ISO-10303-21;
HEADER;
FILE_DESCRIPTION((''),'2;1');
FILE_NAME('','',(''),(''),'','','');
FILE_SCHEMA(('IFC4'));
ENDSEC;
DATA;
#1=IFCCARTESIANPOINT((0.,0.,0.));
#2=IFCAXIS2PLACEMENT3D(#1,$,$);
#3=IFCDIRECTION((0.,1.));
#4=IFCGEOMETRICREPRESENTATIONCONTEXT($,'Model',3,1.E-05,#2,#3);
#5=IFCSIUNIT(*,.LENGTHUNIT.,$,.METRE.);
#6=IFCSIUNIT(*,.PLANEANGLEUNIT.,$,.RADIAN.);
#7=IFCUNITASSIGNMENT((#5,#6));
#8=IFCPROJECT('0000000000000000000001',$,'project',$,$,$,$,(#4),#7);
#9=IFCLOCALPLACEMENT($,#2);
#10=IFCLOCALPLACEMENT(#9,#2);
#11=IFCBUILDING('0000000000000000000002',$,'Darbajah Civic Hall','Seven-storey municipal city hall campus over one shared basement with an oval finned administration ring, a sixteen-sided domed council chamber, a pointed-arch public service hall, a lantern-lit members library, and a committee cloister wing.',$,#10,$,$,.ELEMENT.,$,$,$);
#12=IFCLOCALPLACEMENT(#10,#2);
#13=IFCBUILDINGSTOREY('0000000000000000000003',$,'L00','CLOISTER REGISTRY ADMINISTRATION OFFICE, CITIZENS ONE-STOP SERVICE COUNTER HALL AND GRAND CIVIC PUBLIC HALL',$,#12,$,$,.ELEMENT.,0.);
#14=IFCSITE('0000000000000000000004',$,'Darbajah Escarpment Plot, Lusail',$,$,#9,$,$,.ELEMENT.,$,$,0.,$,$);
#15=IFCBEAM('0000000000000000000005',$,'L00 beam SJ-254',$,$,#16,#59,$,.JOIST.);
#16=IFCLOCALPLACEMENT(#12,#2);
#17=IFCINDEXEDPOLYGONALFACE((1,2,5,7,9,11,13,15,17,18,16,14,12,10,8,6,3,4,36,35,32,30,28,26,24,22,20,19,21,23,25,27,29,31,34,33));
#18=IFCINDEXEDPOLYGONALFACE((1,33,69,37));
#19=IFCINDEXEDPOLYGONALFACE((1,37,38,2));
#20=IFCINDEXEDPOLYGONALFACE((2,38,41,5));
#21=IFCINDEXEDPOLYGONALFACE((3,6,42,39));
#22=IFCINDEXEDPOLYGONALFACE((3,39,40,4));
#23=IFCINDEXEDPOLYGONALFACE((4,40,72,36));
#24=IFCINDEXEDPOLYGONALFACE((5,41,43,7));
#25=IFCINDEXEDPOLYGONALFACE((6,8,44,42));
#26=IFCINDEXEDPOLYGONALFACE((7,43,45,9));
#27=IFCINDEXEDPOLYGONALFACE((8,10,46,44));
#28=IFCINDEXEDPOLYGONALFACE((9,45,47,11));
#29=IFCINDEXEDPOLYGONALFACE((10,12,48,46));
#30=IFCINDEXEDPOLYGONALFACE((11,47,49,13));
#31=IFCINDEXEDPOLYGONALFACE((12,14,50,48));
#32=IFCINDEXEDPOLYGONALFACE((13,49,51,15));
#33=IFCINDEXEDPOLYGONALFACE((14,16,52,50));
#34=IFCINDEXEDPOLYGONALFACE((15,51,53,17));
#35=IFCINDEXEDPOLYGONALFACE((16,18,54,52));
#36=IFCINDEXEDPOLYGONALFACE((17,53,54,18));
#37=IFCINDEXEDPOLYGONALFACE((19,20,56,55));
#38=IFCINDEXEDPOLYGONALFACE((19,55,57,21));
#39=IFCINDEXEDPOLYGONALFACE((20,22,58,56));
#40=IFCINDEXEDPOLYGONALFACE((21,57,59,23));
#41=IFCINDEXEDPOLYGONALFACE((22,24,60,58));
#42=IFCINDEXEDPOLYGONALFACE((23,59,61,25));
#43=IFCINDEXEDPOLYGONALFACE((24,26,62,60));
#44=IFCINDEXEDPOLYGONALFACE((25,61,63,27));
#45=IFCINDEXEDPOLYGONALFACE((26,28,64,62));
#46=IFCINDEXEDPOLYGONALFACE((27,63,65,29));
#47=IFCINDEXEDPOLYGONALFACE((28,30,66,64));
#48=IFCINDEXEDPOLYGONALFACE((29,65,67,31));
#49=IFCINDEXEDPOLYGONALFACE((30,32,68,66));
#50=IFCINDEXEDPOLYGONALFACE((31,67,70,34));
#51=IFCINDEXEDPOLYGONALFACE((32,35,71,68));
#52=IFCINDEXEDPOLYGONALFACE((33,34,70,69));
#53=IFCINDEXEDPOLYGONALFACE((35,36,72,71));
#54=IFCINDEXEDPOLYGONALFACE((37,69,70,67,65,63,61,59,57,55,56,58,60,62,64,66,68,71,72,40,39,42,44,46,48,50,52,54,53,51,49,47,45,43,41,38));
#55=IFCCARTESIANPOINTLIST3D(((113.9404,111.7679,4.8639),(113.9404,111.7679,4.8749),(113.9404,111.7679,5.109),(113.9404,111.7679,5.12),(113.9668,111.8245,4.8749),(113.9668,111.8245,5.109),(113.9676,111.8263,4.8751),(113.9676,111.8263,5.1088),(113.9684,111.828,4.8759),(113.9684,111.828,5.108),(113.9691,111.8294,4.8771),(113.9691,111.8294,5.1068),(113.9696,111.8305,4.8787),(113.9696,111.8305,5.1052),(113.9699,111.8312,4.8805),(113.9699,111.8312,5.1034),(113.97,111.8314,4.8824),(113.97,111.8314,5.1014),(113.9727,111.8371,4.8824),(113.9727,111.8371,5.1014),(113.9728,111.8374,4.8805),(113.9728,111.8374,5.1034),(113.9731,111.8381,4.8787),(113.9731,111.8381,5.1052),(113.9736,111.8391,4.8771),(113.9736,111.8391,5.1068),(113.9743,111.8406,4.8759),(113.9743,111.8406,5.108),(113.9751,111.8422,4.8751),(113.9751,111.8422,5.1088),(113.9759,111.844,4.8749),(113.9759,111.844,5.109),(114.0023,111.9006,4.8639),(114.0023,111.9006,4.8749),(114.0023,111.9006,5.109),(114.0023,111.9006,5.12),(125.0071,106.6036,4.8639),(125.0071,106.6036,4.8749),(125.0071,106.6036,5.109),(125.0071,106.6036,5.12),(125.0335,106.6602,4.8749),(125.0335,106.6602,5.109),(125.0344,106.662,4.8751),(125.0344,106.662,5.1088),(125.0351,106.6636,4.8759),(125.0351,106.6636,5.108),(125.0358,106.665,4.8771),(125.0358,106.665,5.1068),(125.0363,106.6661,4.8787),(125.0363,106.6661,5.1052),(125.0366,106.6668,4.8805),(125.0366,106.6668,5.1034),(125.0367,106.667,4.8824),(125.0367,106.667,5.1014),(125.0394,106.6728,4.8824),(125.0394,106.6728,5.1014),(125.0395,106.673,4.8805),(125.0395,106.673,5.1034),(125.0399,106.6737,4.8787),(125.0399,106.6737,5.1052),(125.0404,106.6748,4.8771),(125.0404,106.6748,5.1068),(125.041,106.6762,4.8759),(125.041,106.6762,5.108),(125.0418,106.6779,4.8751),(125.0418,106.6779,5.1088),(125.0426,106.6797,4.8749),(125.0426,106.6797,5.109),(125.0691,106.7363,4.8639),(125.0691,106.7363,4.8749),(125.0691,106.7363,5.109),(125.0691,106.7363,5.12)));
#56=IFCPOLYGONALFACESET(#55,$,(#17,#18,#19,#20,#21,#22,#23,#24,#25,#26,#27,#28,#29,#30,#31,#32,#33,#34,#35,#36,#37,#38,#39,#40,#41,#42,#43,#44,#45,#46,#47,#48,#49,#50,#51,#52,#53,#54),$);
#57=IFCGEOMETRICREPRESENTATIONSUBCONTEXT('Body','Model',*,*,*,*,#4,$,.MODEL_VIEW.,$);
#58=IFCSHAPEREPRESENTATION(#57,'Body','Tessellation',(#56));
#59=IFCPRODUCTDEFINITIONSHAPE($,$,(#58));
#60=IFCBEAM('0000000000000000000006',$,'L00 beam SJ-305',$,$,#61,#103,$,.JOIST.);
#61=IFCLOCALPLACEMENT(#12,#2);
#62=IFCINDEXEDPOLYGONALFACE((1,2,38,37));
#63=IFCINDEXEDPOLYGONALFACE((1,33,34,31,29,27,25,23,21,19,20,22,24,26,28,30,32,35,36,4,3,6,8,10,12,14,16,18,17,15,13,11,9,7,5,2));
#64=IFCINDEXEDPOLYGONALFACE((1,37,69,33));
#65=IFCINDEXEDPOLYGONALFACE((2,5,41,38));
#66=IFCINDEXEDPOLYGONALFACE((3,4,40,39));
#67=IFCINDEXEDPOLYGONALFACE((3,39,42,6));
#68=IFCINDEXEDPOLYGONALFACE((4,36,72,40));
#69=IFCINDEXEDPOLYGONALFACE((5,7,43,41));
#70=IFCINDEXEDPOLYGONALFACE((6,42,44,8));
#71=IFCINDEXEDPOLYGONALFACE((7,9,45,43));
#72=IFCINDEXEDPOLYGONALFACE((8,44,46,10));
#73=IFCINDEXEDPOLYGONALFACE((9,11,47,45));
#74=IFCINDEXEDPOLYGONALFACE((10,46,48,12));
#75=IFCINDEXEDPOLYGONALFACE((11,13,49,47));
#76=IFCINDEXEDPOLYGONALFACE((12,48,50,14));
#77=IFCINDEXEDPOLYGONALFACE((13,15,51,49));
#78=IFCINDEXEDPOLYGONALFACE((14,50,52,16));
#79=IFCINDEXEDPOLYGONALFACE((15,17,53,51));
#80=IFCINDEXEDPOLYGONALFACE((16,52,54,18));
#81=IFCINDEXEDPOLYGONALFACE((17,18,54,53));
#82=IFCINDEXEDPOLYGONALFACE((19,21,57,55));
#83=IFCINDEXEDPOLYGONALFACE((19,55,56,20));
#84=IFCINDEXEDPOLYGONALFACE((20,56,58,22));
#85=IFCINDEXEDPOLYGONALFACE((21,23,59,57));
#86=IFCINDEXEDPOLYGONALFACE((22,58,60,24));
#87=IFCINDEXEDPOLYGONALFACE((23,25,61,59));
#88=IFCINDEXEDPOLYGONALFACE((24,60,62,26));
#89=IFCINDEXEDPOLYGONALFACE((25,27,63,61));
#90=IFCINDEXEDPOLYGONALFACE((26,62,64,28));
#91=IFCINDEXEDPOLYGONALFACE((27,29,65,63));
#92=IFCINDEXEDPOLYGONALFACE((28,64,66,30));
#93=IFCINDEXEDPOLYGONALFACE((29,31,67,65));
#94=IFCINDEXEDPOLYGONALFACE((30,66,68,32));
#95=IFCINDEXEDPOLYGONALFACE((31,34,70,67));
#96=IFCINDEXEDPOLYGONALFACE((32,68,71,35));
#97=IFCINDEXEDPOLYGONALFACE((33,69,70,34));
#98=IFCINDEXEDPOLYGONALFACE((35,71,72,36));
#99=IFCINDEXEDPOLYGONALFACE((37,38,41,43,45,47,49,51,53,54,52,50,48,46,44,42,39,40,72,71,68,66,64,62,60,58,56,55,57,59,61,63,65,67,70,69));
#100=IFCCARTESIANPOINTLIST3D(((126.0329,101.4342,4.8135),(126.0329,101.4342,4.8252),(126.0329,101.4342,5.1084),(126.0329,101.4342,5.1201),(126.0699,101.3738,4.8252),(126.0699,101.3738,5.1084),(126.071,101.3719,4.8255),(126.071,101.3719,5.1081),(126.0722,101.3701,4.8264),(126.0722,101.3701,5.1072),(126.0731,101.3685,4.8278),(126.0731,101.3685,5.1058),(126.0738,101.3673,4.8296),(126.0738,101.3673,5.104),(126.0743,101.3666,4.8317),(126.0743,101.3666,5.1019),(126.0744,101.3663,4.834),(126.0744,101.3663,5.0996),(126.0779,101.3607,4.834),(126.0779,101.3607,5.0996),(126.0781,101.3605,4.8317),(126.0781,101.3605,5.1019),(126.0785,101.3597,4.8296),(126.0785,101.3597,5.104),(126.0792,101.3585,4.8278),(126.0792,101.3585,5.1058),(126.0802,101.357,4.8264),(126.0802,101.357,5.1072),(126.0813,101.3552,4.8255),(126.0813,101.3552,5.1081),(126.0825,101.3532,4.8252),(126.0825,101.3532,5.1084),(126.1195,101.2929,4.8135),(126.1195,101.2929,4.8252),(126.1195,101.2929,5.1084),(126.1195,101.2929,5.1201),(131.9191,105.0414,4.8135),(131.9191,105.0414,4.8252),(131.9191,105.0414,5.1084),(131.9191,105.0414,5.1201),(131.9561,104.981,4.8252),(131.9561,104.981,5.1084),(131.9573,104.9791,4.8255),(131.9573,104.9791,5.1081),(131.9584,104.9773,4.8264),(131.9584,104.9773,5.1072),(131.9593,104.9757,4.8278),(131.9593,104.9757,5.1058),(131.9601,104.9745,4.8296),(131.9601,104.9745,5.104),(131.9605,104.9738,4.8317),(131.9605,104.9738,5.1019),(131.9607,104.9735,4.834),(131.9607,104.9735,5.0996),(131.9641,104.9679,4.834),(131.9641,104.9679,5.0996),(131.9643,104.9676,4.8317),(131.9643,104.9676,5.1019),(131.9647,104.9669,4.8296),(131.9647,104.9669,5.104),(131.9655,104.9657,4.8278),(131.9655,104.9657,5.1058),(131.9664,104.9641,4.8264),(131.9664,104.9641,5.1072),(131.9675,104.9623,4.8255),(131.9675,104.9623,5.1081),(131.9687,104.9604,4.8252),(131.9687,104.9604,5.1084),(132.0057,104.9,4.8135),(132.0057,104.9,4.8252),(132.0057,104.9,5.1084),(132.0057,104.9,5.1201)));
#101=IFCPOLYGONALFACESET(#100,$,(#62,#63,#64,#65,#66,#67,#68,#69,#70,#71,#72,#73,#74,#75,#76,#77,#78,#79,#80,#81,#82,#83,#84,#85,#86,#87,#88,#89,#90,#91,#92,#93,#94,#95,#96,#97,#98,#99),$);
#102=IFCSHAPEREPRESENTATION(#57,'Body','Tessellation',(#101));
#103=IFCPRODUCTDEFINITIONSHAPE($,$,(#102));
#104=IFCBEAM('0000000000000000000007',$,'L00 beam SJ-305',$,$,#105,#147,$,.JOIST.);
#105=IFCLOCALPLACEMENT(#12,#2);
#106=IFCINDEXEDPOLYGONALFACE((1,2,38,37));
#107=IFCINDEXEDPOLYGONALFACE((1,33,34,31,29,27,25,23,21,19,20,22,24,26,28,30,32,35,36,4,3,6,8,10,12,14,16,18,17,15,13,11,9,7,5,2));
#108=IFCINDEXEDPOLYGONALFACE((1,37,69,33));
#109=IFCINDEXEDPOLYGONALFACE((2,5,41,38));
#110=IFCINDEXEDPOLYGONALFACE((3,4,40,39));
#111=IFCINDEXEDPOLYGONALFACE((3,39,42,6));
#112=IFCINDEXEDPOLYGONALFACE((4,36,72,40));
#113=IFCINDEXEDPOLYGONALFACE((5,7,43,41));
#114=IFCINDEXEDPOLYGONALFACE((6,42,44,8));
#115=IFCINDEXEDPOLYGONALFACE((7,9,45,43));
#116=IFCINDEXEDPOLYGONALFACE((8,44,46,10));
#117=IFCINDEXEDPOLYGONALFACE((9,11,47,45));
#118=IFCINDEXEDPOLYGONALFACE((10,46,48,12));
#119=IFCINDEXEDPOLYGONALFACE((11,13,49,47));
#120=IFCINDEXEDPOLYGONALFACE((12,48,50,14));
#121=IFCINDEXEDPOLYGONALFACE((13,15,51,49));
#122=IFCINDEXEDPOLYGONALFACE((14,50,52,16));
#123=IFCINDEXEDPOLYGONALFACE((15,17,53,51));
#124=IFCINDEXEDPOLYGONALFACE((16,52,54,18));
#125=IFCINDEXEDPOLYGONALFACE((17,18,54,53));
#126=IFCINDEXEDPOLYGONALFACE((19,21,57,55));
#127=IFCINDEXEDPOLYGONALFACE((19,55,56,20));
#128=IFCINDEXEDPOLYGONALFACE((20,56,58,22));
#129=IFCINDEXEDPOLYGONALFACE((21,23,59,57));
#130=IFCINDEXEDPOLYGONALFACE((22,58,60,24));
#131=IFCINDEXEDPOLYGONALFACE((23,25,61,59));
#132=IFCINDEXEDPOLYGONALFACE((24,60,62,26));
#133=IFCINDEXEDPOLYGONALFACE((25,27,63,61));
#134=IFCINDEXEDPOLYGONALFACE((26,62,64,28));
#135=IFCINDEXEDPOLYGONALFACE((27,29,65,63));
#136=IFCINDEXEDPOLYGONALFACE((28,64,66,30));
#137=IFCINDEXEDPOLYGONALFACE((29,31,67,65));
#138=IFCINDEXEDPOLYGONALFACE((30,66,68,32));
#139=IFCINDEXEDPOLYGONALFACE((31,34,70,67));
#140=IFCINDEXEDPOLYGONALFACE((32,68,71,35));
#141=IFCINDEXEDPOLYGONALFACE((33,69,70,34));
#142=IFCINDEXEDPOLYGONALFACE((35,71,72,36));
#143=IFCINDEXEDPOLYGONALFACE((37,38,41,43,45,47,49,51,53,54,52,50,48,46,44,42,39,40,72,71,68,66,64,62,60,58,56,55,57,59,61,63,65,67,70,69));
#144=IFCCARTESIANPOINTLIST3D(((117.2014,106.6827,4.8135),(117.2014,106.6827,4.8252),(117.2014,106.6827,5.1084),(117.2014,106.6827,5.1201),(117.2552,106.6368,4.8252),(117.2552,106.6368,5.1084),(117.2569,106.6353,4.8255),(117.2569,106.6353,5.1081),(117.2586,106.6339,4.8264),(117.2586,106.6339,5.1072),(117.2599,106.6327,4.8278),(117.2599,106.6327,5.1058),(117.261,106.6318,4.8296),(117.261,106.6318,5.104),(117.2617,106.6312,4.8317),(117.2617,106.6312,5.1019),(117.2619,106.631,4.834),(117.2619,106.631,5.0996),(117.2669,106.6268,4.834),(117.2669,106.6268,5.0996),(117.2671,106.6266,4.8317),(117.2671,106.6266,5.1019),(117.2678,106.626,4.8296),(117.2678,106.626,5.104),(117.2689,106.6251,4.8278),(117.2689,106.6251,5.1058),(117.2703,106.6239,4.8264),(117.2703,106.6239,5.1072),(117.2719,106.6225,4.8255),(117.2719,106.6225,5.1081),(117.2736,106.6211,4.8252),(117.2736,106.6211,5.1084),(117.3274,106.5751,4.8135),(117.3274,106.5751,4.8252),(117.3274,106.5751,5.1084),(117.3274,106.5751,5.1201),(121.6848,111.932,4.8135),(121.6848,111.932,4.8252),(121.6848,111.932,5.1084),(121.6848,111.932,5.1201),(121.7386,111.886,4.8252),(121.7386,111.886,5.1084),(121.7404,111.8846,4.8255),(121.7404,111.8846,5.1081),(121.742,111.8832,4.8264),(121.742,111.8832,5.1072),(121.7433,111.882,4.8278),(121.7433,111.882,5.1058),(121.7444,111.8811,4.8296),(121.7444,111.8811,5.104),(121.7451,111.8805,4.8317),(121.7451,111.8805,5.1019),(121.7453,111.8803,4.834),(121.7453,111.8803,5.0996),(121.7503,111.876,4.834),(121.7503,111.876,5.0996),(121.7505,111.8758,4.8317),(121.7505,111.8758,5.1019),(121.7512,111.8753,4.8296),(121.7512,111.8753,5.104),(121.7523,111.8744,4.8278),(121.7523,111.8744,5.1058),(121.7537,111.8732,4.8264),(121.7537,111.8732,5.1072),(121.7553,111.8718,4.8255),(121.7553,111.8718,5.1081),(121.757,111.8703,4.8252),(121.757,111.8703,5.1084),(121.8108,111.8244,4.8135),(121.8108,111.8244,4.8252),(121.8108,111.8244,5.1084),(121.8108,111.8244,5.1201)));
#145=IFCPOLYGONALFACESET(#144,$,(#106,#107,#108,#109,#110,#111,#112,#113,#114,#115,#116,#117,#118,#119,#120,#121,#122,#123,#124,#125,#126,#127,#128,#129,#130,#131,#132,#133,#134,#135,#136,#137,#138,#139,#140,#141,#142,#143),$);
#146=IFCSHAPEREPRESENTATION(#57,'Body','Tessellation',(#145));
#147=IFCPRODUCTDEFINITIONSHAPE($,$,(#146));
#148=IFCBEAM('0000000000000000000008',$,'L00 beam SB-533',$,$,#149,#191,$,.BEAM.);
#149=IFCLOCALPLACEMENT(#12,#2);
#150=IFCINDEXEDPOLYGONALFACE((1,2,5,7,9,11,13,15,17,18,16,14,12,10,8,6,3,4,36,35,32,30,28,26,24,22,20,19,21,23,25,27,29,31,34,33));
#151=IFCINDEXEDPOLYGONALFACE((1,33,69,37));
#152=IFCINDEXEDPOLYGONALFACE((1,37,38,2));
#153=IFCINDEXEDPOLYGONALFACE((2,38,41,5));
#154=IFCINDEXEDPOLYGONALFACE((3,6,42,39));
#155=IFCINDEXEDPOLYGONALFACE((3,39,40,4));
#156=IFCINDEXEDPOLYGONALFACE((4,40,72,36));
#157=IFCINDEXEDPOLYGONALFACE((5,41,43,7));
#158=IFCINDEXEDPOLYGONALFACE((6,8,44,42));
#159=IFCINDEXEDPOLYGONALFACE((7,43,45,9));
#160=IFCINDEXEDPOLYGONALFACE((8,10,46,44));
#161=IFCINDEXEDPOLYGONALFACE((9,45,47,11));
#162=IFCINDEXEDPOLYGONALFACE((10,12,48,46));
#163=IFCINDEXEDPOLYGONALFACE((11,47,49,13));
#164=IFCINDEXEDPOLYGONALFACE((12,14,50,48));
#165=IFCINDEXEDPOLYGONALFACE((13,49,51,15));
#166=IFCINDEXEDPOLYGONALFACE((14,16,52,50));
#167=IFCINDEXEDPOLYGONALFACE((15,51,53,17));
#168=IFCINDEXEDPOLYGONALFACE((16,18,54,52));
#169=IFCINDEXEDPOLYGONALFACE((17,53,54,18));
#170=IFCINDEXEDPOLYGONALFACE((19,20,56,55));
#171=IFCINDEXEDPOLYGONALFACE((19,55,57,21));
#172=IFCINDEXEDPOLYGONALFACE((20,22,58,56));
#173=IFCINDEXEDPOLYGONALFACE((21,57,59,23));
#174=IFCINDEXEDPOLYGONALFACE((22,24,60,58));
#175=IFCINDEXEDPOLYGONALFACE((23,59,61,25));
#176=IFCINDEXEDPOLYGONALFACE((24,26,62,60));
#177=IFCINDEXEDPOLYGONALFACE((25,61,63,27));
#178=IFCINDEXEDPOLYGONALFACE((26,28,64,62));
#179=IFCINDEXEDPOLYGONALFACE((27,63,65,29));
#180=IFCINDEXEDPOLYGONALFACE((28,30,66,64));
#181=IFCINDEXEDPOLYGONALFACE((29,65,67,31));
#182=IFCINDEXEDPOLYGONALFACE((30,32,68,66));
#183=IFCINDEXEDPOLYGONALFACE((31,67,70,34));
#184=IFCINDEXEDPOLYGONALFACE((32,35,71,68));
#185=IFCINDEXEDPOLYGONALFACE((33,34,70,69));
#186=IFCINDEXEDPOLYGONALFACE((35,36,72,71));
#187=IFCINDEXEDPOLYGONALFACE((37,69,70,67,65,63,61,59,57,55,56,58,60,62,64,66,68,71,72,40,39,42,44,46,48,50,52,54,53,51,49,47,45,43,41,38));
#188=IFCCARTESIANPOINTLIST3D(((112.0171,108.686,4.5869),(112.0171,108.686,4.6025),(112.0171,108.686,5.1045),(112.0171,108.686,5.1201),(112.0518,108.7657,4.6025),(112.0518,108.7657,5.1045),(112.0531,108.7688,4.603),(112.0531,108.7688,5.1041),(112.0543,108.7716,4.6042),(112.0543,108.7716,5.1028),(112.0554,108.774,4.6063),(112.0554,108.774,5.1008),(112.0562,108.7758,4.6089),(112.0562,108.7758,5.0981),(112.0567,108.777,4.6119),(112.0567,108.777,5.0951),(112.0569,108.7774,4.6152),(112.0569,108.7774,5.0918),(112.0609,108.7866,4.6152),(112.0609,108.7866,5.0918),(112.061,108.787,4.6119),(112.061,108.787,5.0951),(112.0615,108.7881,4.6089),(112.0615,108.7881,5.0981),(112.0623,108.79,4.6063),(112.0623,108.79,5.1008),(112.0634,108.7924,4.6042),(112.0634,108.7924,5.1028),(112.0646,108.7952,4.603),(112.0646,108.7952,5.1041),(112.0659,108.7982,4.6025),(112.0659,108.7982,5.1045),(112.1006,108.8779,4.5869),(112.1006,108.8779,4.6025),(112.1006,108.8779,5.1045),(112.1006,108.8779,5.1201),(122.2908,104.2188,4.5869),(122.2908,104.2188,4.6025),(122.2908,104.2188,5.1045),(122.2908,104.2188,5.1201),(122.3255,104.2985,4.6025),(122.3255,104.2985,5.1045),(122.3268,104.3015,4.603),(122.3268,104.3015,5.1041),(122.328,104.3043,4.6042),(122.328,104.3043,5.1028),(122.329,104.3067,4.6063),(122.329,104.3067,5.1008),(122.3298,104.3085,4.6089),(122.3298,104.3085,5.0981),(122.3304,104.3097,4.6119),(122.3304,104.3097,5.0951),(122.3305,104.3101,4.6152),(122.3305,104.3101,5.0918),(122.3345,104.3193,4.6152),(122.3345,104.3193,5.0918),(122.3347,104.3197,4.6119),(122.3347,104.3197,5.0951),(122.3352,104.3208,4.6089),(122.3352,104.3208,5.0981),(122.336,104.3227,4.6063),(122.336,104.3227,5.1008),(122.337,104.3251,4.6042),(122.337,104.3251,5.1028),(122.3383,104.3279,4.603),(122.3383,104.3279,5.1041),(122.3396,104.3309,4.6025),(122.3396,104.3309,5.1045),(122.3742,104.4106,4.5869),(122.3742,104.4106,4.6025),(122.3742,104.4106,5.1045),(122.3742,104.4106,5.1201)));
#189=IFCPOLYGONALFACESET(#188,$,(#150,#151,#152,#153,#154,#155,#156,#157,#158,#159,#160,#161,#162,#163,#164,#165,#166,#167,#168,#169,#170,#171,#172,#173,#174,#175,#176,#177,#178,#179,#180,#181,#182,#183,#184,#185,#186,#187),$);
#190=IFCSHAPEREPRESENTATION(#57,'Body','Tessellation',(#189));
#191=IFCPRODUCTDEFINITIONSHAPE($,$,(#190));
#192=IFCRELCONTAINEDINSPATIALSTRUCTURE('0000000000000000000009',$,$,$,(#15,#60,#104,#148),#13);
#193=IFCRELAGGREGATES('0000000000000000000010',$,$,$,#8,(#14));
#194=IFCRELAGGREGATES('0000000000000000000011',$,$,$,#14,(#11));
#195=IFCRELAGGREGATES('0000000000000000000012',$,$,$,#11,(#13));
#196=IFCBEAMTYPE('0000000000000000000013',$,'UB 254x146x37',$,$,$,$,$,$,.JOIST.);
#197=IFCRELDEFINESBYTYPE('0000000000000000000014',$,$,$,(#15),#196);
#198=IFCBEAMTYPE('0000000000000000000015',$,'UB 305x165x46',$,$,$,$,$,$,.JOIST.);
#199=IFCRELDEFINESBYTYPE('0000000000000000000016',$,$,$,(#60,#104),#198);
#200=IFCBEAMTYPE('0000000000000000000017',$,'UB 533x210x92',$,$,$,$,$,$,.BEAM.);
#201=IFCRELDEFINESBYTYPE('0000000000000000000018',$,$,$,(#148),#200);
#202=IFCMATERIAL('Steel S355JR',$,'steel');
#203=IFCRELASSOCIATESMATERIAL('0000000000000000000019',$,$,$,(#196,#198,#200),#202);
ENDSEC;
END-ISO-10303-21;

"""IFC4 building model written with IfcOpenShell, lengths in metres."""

from ifc_helpers import new_model, si_unit, direction, frame, origin, origin_2d, place, context, subcontext, project, spatial, i_section, extrude, material, material_profile, profile_set, type_object, element, save


model = new_model("IFC4")

# Units and contexts
model_context = context("Model", 3, precision=1e-05, world=origin(), true_north=direction((0.0, 1.0)))
body_context = subcontext(model_context, "Body", "Model", "MODEL_VIEW")
ifc_project = project(units=[si_unit("LENGTHUNIT", "METRE"), si_unit("PLANEANGLEUNIT", "RADIAN")], contexts=[model_context])

# Site, building, storey
site_placement = place(None, origin())
site = spatial("IfcSite", under=ifc_project, at=site_placement, Name="Darbajah Escarpment Plot, Lusail", CompositionType="ELEMENT", RefElevation=0.0)
building_placement = place(site_placement, origin())
building = spatial("IfcBuilding", under=site, at=building_placement, Name="Darbajah Civic Hall", Description="Seven-storey municipal city hall campus over one shared basement with an oval finned administration ring, a sixteen-sided domed council chamber, a pointed-arch public service hall, a lantern-lit members library, and a committee cloister wing.", CompositionType="ELEMENT")
storey_placement = place(building_placement, origin())
storey = spatial("IfcBuildingStorey", under=building, at=storey_placement, Name="L00", Description="CLOISTER REGISTRY ADMINISTRATION OFFICE, CITIZENS ONE-STOP SERVICE COUNTER HALL AND GRAND CIVIC PUBLIC HALL", CompositionType="ELEMENT", Elevation=0.0)

# Beams
ifc_material_1 = material(Name="Steel S355JR", Category="steel")
ifc_material_profile_1 = material_profile(ifc_material_1, i_section(OverallWidth=0.1465, OverallDepth=0.2561, WebThickness=0.0063, FlangeThickness=0.011, FilletRadius=0.0076, at=origin_2d()), Name="UB 254x146x37")
ifc_profile_set_1 = profile_set([ifc_material_profile_1], Name="Steel S355JR")
beam_type_1 = type_object("IfcBeamType", Name="UB 254x146x37", PredefinedType="JOIST", material=ifc_profile_set_1)
beam_1_placement = place(storey_placement, frame((125.0381, 106.6699, 4.9919), z_axis=(-0.906187, 0.422877, 0.0), x_axis=(-0.422877, -0.906187, 0.0)))
element("IfcBeam", 1, at=beam_1_placement, inside=storey, type_object=beam_type_1, Name="L00 beam SJ-254", PredefinedType="JOIST", context=body_context, shape_type="SweptSolid", body=[
    extrude(i_section(OverallWidth=0.1465, OverallDepth=0.2561, WebThickness=0.0063, FlangeThickness=0.011, FilletRadius=0.0076, at=origin_2d()), origin(), (0.0, 0.0, 1.0), 12.2124),
])
ifc_material_profile_2 = material_profile(ifc_material_1, i_section(OverallWidth=0.1658, OverallDepth=0.3066, WebThickness=0.0066, FlangeThickness=0.0117, FilletRadius=0.0088, at=origin_2d()), Name="UB 305x165x46")
ifc_profile_set_2 = profile_set([ifc_material_profile_2], Name="Steel S355JR")
beam_type_2 = type_object("IfcBeamType", Name="UB 305x165x46", PredefinedType="JOIST", material=ifc_profile_set_2)
beam_2_placement = place(storey_placement, frame((126.0762, 101.3635, 4.9668), z_axis=(0.852634, 0.522508, 0.0), x_axis=(-0.522508, 0.852634, 0.0)))
element("IfcBeam", 2, at=beam_2_placement, inside=storey, type_object=beam_type_2, Name="L00 beam SJ-305", PredefinedType="JOIST", context=body_context, shape_type="SweptSolid", body=[
    extrude(i_section(OverallWidth=0.1658, OverallDepth=0.3066, WebThickness=0.0066, FlangeThickness=0.0117, FilletRadius=0.0088, at=origin_2d()), origin(), (0.0, 0.0, 1.0), 6.9036),
])
beam_3_placement = place(storey_placement, frame((117.2644, 106.6289, 4.9668), z_axis=(0.649456, 0.760399, 0.0), x_axis=(-0.760399, 0.649456, 0.0)))
element("IfcBeam", 3, at=beam_3_placement, inside=storey, type_object=beam_type_2, Name="L00 beam SJ-305", PredefinedType="JOIST", context=body_context, shape_type="SweptSolid", body=[
    extrude(i_section(OverallWidth=0.1658, OverallDepth=0.3066, WebThickness=0.0066, FlangeThickness=0.0117, FilletRadius=0.0088, at=origin_2d()), origin(), (0.0, 0.0, 1.0), 6.9033),
])
ifc_material_profile_3 = material_profile(ifc_material_1, i_section(OverallWidth=0.2092, OverallDepth=0.5332, WebThickness=0.01, FlangeThickness=0.0156, FilletRadius=0.0127, at=origin_2d()), Name="UB 533x210x92")
ifc_profile_set_3 = profile_set([ifc_material_profile_3], Name="Steel S355JR")
beam_type_3 = type_object("IfcBeamType", Name="UB 533x210x92", PredefinedType="BEAM", material=ifc_profile_set_3)
beam_4_placement = place(storey_placement, frame((122.3325, 104.3147, 4.8535), z_axis=(-0.917055, 0.398761, 0.0), x_axis=(-0.398761, -0.917055, 0.0)))
element("IfcBeam", 4, at=beam_4_placement, inside=storey, type_object=beam_type_3, Name="L00 beam SB-533", PredefinedType="BEAM", context=body_context, shape_type="SweptSolid", body=[
    extrude(i_section(OverallWidth=0.2092, OverallDepth=0.5332, WebThickness=0.01, FlangeThickness=0.0156, FilletRadius=0.0127, at=origin_2d()), origin(), (0.0, 0.0, 1.0), 11.2029),
])

save(model, "model.ifc")
